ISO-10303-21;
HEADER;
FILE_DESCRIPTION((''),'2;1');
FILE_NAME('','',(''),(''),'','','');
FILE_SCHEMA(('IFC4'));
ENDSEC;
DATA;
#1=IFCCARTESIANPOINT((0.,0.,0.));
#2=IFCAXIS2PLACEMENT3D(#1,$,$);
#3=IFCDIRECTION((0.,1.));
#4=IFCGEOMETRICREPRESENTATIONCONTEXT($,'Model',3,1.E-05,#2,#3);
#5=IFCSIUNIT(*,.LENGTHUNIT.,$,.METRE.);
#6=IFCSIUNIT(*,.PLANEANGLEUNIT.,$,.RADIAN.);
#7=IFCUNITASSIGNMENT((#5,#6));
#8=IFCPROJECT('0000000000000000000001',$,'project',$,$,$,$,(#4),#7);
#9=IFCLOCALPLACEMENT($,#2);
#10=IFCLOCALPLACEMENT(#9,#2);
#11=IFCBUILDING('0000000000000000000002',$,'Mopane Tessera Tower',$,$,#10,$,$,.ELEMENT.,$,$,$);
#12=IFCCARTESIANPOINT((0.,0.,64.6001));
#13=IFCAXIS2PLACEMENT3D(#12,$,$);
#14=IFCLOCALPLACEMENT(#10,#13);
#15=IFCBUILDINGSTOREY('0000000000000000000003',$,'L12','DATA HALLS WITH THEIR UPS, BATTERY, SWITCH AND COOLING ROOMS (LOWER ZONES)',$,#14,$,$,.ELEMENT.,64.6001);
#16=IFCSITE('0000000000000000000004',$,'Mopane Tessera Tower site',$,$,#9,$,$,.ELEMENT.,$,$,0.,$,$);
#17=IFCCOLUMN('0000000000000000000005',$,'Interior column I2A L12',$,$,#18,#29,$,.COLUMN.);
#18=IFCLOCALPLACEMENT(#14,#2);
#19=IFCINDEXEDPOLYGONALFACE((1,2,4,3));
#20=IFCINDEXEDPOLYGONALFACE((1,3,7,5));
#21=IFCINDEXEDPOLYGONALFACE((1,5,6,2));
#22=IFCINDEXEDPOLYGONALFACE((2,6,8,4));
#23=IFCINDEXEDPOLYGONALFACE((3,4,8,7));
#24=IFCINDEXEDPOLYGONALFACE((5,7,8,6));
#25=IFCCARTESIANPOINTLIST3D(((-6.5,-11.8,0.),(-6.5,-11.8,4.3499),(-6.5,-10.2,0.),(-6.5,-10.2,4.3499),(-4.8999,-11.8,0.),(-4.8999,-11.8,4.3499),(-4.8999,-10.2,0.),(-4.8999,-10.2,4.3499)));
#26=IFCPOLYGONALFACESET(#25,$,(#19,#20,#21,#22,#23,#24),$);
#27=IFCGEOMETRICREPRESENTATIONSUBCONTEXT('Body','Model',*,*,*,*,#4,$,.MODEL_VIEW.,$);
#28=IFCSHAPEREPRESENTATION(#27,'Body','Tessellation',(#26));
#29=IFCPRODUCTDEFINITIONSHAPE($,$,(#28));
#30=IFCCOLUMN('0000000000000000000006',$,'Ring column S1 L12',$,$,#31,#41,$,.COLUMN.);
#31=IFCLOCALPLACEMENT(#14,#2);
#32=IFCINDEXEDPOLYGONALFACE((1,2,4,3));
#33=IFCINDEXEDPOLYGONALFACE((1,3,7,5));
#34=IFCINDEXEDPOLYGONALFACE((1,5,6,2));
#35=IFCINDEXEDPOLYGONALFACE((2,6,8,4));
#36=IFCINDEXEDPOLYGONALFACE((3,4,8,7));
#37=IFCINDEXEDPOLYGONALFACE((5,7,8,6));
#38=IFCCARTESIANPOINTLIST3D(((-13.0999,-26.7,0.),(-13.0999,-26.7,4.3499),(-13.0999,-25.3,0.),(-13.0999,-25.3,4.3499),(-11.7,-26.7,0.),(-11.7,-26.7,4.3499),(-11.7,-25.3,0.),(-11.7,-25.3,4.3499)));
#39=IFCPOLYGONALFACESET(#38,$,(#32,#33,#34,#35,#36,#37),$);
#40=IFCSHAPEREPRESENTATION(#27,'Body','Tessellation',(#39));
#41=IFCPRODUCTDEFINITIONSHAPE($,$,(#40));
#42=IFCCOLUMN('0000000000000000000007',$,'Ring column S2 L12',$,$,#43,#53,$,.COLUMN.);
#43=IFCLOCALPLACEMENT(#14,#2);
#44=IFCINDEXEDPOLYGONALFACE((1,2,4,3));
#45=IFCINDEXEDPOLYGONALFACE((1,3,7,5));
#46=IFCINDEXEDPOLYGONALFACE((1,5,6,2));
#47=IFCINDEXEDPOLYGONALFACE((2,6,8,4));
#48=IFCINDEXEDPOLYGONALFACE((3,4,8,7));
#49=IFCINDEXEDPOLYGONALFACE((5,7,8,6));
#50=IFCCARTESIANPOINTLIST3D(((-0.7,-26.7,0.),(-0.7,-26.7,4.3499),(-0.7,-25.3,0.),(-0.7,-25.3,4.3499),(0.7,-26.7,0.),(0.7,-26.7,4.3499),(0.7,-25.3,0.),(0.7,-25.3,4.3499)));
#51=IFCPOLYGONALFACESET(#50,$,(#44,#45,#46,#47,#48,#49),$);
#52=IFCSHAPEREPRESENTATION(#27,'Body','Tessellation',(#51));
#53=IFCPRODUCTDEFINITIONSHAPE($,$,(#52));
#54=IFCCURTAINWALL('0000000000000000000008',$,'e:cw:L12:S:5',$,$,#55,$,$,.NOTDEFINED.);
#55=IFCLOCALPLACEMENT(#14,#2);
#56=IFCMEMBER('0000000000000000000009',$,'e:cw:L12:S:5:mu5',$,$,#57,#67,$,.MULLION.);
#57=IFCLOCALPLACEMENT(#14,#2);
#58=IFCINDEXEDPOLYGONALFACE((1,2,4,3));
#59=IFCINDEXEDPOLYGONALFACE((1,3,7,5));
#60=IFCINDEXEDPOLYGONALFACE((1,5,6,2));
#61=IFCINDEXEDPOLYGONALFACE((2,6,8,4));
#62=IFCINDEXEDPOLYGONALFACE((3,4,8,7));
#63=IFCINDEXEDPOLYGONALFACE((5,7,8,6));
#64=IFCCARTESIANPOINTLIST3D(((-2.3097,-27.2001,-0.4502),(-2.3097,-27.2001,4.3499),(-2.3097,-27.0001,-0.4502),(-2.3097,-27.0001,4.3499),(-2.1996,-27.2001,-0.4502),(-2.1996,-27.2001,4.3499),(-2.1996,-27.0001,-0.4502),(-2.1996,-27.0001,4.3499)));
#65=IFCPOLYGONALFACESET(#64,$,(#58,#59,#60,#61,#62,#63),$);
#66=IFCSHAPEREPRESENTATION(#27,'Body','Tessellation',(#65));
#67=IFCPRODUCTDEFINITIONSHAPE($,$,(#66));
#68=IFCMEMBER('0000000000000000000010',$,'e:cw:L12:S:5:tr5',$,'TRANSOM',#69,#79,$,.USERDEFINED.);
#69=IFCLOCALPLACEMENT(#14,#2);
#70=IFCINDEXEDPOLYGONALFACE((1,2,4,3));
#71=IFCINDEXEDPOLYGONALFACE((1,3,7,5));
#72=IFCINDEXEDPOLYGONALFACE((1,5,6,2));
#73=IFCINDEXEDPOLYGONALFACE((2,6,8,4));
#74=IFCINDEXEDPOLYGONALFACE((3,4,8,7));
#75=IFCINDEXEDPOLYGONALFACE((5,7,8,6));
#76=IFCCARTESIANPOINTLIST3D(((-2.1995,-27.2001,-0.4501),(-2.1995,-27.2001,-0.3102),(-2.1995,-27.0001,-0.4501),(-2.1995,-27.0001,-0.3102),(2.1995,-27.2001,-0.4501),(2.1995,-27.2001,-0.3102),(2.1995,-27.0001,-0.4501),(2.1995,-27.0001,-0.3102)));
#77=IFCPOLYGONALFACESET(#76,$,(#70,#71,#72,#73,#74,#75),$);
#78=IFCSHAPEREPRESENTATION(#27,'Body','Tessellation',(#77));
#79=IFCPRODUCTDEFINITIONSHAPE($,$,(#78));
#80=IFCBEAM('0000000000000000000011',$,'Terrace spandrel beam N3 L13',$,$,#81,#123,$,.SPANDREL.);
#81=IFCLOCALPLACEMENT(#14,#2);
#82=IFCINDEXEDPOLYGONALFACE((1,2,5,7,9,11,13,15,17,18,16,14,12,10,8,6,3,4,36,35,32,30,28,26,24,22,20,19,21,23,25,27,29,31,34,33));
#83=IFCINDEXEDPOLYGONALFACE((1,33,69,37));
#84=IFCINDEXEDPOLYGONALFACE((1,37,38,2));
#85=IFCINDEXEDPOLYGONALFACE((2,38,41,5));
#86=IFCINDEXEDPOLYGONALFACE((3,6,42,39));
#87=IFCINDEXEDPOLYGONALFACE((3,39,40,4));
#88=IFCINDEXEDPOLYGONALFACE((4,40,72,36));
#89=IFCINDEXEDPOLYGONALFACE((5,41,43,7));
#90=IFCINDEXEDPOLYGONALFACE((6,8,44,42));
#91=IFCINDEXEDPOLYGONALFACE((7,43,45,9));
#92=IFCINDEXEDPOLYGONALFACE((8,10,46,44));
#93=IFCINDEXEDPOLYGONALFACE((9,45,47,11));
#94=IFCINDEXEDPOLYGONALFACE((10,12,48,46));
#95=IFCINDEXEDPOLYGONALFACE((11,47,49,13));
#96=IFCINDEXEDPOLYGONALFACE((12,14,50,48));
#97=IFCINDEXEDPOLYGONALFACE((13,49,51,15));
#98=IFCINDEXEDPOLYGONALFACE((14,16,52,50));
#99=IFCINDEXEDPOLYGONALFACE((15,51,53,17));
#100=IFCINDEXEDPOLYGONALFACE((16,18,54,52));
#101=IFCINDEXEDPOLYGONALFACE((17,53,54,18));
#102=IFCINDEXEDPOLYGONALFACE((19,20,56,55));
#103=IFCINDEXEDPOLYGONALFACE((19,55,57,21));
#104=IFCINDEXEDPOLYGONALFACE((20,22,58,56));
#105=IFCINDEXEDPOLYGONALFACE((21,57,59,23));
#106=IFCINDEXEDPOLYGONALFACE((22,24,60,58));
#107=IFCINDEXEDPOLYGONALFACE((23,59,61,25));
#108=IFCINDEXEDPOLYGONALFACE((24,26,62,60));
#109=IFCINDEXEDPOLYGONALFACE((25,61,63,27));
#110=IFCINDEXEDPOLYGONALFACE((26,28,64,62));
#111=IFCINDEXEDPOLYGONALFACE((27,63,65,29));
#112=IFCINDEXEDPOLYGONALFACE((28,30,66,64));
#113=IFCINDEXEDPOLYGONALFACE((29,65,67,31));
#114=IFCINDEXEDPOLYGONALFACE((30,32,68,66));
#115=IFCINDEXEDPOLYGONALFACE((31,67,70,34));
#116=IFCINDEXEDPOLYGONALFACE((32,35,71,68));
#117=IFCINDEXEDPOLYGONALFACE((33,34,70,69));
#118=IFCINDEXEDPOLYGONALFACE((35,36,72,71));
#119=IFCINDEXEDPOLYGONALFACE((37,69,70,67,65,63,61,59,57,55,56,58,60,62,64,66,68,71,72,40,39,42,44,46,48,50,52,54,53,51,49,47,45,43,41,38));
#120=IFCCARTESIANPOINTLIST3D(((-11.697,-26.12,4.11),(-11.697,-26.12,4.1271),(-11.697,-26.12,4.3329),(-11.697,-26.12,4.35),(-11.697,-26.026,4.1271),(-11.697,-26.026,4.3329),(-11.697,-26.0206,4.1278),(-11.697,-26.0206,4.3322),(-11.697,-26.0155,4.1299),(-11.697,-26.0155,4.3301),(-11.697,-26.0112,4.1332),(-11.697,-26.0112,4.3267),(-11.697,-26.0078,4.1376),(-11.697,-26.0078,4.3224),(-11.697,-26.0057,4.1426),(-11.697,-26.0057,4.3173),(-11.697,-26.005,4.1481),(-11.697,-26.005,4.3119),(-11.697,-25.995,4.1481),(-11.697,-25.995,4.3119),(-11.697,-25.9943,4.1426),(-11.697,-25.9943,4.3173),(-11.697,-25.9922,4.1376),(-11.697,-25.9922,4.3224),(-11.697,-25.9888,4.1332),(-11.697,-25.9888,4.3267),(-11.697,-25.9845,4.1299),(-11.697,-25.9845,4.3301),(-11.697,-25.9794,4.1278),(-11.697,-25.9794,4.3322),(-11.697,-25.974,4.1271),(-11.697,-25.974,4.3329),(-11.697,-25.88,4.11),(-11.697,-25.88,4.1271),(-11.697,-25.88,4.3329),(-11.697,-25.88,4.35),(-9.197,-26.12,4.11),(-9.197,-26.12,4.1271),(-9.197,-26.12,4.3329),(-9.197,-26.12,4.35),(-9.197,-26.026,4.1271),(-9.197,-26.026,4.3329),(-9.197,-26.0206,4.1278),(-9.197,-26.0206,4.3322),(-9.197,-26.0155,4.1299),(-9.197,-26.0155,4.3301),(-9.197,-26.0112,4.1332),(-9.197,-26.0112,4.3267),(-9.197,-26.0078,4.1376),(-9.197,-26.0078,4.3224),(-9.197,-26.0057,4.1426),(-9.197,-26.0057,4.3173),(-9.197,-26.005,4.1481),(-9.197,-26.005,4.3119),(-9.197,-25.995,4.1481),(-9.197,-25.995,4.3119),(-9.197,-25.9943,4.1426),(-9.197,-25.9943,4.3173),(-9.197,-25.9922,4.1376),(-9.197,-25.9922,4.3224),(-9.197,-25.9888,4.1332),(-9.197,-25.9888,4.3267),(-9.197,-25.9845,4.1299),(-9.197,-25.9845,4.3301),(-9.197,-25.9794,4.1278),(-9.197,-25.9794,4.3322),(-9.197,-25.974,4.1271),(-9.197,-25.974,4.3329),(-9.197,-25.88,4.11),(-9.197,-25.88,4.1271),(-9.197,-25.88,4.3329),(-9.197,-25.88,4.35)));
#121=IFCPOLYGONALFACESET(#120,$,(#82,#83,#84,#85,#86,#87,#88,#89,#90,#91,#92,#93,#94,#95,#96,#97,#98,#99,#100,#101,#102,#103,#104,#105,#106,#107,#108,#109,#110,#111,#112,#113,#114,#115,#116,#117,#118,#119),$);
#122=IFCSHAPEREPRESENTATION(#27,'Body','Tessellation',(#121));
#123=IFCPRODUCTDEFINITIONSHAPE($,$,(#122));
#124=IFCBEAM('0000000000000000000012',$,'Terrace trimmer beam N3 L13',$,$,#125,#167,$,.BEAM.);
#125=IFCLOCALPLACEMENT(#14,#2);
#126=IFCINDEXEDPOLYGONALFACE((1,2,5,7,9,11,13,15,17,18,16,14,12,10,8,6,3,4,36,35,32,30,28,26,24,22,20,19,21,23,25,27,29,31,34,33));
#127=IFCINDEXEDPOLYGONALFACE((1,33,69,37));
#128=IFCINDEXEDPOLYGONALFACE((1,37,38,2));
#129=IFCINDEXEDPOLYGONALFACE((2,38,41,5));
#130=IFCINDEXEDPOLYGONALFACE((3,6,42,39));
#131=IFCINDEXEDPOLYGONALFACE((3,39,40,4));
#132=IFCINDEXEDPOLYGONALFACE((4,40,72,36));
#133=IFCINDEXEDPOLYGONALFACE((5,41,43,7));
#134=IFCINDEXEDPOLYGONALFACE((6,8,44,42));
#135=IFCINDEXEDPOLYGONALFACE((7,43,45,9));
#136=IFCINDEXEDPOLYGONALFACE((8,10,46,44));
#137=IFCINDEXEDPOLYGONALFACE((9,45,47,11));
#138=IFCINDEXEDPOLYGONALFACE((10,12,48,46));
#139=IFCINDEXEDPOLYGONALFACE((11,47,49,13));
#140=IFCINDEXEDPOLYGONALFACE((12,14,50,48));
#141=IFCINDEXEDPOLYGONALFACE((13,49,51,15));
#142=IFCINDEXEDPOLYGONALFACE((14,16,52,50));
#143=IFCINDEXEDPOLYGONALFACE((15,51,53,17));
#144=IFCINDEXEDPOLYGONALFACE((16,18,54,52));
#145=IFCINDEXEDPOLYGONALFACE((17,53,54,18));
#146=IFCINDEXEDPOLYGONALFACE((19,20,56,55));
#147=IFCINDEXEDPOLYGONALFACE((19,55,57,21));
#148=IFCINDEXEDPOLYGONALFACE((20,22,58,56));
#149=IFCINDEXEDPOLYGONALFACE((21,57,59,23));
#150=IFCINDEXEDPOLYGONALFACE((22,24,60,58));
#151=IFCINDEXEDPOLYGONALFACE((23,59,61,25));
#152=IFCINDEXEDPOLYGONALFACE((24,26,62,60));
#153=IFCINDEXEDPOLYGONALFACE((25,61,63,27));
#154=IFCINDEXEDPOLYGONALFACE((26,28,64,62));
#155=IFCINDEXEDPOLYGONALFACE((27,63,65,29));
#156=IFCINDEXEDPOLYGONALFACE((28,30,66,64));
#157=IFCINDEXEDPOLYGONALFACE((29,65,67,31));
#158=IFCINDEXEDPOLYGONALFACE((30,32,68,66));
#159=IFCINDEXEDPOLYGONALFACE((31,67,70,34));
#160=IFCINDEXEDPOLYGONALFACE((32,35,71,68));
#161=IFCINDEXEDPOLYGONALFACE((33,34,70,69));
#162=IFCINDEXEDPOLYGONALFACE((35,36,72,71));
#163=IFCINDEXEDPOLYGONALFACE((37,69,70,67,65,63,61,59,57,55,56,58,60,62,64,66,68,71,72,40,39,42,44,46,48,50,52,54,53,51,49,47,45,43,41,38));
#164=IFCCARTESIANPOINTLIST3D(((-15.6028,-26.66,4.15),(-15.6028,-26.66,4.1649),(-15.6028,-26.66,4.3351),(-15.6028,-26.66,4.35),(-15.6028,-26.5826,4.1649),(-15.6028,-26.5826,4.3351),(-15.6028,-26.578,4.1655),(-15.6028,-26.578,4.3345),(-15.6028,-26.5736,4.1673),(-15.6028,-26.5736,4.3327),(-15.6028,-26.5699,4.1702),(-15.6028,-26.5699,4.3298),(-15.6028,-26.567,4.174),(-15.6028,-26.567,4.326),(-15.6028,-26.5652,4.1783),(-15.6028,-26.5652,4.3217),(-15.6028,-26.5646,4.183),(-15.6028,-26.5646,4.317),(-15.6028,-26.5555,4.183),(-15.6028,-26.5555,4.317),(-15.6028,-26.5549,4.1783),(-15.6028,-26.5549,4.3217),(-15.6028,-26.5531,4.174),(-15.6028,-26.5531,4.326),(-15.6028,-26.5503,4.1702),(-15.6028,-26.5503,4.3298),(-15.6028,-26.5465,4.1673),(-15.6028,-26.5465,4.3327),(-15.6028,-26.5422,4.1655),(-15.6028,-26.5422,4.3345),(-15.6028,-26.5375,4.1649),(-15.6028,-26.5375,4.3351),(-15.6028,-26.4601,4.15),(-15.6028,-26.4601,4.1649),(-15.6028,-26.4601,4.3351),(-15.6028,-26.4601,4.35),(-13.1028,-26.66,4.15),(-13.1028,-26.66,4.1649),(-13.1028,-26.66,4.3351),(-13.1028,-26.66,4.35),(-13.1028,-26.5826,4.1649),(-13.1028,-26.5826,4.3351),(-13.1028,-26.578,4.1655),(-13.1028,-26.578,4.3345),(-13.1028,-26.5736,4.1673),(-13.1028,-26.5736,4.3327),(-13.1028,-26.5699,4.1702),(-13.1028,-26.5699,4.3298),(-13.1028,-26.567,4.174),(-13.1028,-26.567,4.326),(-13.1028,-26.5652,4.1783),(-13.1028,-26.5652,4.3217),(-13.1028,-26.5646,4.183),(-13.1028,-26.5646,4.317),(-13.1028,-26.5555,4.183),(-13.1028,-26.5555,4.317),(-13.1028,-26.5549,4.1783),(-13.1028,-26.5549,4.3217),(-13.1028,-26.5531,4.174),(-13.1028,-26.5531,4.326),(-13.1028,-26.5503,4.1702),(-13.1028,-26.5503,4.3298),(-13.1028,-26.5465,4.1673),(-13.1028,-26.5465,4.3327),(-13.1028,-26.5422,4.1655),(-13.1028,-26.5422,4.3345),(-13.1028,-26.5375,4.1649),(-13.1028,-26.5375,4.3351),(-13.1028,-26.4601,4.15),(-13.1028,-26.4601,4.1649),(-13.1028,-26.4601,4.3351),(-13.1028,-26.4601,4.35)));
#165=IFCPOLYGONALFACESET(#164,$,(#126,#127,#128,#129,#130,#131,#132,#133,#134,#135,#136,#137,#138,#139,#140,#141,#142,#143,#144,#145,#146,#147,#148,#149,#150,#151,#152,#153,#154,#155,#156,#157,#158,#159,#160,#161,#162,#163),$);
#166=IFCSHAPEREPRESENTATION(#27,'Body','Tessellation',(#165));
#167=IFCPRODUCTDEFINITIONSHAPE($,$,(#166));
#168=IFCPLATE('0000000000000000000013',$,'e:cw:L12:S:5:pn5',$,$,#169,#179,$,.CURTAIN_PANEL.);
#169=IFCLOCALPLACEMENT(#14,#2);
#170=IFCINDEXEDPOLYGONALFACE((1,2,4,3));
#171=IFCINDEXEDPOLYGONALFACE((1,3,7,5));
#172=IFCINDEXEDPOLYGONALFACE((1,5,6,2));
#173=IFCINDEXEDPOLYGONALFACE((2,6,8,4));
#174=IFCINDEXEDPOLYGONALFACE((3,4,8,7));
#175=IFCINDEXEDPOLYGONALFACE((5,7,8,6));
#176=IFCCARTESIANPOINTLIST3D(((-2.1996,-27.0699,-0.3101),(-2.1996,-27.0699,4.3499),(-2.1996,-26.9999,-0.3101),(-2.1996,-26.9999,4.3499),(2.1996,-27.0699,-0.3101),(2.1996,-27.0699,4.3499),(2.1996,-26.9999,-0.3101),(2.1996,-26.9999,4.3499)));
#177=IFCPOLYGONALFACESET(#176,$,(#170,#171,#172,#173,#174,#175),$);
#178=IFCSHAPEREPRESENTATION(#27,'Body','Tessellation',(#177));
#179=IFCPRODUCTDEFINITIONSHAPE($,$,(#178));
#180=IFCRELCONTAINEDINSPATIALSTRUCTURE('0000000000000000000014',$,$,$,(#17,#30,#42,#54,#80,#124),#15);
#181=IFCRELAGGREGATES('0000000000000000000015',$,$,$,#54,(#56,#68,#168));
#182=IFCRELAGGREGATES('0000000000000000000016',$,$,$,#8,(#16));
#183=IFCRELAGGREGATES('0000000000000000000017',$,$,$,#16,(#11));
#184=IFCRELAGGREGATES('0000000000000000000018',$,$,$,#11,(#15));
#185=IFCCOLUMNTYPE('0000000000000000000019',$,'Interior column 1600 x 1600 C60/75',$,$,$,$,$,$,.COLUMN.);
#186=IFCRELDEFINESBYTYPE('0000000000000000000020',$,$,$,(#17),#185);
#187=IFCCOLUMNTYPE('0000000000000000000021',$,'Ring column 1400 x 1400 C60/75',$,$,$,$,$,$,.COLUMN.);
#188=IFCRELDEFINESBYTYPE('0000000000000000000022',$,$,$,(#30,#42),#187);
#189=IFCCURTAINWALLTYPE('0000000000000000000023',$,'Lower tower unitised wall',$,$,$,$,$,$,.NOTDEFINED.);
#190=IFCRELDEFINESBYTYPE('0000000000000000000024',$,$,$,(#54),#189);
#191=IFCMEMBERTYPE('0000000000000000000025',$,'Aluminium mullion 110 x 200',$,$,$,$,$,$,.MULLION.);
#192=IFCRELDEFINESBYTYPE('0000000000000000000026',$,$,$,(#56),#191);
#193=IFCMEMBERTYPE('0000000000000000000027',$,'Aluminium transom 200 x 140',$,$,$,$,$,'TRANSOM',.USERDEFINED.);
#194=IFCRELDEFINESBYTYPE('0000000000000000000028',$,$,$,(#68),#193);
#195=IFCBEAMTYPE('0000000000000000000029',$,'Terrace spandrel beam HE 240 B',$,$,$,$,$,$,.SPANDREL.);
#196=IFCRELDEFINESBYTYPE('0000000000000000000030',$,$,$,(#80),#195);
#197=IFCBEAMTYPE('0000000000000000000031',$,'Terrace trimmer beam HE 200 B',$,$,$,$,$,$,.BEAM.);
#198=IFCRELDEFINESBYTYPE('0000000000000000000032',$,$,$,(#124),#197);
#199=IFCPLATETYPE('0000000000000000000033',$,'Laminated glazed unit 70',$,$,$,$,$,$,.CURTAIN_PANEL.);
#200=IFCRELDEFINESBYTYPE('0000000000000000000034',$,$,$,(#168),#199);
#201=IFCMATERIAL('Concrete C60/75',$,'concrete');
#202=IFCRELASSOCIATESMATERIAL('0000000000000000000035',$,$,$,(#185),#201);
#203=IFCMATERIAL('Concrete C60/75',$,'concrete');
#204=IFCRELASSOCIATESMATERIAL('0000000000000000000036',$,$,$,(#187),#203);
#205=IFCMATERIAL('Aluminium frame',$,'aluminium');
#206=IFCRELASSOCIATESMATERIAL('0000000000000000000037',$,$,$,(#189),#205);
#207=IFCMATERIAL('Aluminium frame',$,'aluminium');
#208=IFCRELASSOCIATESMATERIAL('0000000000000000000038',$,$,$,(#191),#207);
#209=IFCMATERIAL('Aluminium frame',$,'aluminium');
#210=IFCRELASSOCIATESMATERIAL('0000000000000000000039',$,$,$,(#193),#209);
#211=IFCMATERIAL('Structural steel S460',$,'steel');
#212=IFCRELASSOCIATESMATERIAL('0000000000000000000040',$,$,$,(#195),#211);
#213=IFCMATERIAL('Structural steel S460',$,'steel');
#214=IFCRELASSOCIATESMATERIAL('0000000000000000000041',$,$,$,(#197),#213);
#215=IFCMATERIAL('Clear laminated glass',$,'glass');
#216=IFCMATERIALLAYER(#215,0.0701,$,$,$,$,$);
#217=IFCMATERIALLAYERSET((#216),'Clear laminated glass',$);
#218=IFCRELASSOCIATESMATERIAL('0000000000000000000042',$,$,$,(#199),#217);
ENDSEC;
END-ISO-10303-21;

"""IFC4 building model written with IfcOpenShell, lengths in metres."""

from ifc_helpers import new_model, si_unit, direction, frame, origin, origin_2d, place, context, subcontext, project, spatial, rectangle, i_section, extrude, material, layer, layer_set, material_profile, profile_set, type_object, element, aggregate, save


model = new_model("IFC4")

# Units and contexts
model_context = context("Model", 3, precision=1e-05, world=origin(), true_north=direction((0.0, 1.0)))
body_context = subcontext(model_context, "Body", "Model", "MODEL_VIEW")
ifc_project = project(units=[si_unit("LENGTHUNIT", "METRE"), si_unit("PLANEANGLEUNIT", "RADIAN")], contexts=[model_context])

# Site, building, storey
site_placement = place(None, origin())
site = spatial("IfcSite", under=ifc_project, at=site_placement, Name="Mopane Tessera Tower site", CompositionType="ELEMENT", RefElevation=0.0)
building_placement = place(site_placement, origin())
building = spatial("IfcBuilding", under=site, at=building_placement, Name="Mopane Tessera Tower", CompositionType="ELEMENT")
storey_placement = place(building_placement, frame((0.0, 0.0, 64.6001)))
storey = spatial("IfcBuildingStorey", under=building, at=storey_placement, Name="L12", Description="DATA HALLS WITH THEIR UPS, BATTERY, SWITCH AND COOLING ROOMS (LOWER ZONES)", CompositionType="ELEMENT", Elevation=64.6001)

# Columns
ifc_material_1 = material(Name="Concrete C60/75", Category="concrete")
ifc_material_profile_1 = material_profile(ifc_material_1, rectangle(XDim=1.6001, YDim=1.6001, at=origin_2d()))
ifc_profile_set_1 = profile_set([ifc_material_profile_1], Name="Concrete C60/75")
column_type_1 = type_object("IfcColumnType", Name="Interior column 1600 x 1600 C60/75", PredefinedType="COLUMN", material=ifc_profile_set_1)
column_placement = place(storey_placement, frame((-5.7, -11.0, 0.0), z_axis=(0.0, 0.0, 1.0), x_axis=(1.0, 0.0, 0.0)))
element("IfcColumn", 1, at=column_placement, inside=storey, type_object=column_type_1, Name="Interior column I2A L12", PredefinedType="COLUMN", context=body_context, shape_type="SweptSolid", body=[
    extrude(rectangle(XDim=1.6001, YDim=1.6001, at=origin_2d()), origin(), (0.0, 0.0, 1.0), 4.3499),
])
ifc_material_2 = material(Name="Concrete C60/75", Category="concrete")
ifc_material_profile_2 = material_profile(ifc_material_2, rectangle(XDim=1.3999, YDim=1.3999, at=origin_2d()))
ifc_profile_set_2 = profile_set([ifc_material_profile_2], Name="Concrete C60/75")
column_type_2 = type_object("IfcColumnType", Name="Ring column 1400 x 1400 C60/75", PredefinedType="COLUMN", material=ifc_profile_set_2)
for number, where, z_axis, x_axis, name in (
    (2, (-12.3999, -26.0, 0.0), (0.0, 0.0, 1.0), (1.0, 0.0, 0.0), "Ring column S1 L12"),
    (3, (0.0, -26.0, 0.0), (0.0, 0.0, 1.0), (1.0, 0.0, 0.0), "Ring column S2 L12"),
):
    element("IfcColumn", number, at=place(storey_placement, frame(where, z_axis=z_axis, x_axis=x_axis)), inside=storey, type_object=column_type_2, Name=name, PredefinedType="COLUMN", context=body_context, shape_type="SweptSolid", body=[
        extrude(rectangle(XDim=1.3999, YDim=1.3999, at=origin_2d()), origin(), (0.0, 0.0, 1.0), 4.3499),
    ])

# Curtain wall, members
ifc_material_3 = material(Name="Aluminium frame", Category="aluminium")
curtain_wall_type = type_object("IfcCurtainWallType", Name="Lower tower unitised wall", PredefinedType="NOTDEFINED", material=ifc_material_3)
curtain_wall_placement = place(storey_placement, origin())
curtain_wall = element("IfcCurtainWall", 4, at=curtain_wall_placement, inside=storey, type_object=curtain_wall_type, Name="e:cw:L12:S:5", PredefinedType="NOTDEFINED")
ifc_material_4 = material(Name="Aluminium frame", Category="aluminium")
ifc_material_profile_3 = material_profile(ifc_material_4, rectangle(XDim=0.1101, YDim=0.2, at=origin_2d()))
ifc_profile_set_3 = profile_set([ifc_material_profile_3], Name="Aluminium frame")
member_type_1 = type_object("IfcMemberType", Name="Aluminium mullion 110 x 200", PredefinedType="MULLION", material=ifc_profile_set_3)
member_1_placement = place(storey_placement, frame((-2.2546, -27.1001, -0.4502), z_axis=(0.0, 0.0, 1.0), x_axis=(1.0, 0.0, 0.0)))
member_1 = element("IfcMember", 5, at=member_1_placement, type_object=member_type_1, Name="e:cw:L12:S:5:mu5", PredefinedType="MULLION", context=body_context, shape_type="SweptSolid", body=[
    extrude(rectangle(XDim=0.1101, YDim=0.2, at=origin_2d()), origin(), (0.0, 0.0, 1.0), 4.8),
])
ifc_material_5 = material(Name="Aluminium frame", Category="aluminium")
ifc_material_profile_4 = material_profile(ifc_material_5, rectangle(XDim=0.2, YDim=0.1399, at=origin_2d()))
ifc_profile_set_4 = profile_set([ifc_material_profile_4], Name="Aluminium frame")
member_type_2 = type_object("IfcMemberType", Name="Aluminium transom 200 x 140", ElementType="TRANSOM", PredefinedType="USERDEFINED", material=ifc_profile_set_4)
member_2_placement = place(storey_placement, frame((-2.1995, -27.1001, -0.3801), z_axis=(1.0, 0.0, 0.0), x_axis=(0.0, 1.0, 0.0)))
member_2 = element("IfcMember", 6, at=member_2_placement, type_object=member_type_2, Name="e:cw:L12:S:5:tr5", ObjectType="TRANSOM", PredefinedType="USERDEFINED", context=body_context, shape_type="SweptSolid", body=[
    extrude(rectangle(XDim=0.2, YDim=0.1399, at=origin_2d()), origin(), (0.0, 0.0, 1.0), 4.3989),
])

# Beams
ifc_material_6 = material(Name="Structural steel S460", Category="steel")
ifc_material_profile_5 = material_profile(ifc_material_6, i_section(OverallWidth=0.24, OverallDepth=0.24, WebThickness=0.01, FlangeThickness=0.0171, FilletRadius=0.021, at=origin_2d()))
ifc_profile_set_5 = profile_set([ifc_material_profile_5], Name="Structural steel S460")
beam_type_1 = type_object("IfcBeamType", Name="Terrace spandrel beam HE 240 B", PredefinedType="SPANDREL", material=ifc_profile_set_5)
beam_1_placement = place(storey_placement, frame((-11.697, -26.0, 4.23), z_axis=(1.0, 0.0, 0.0), x_axis=(0.0, 1.0, 0.0)))
element("IfcBeam", 7, at=beam_1_placement, inside=storey, type_object=beam_type_1, Name="Terrace spandrel beam N3 L13", PredefinedType="SPANDREL", context=body_context, shape_type="SweptSolid", body=[
    extrude(i_section(OverallWidth=0.24, OverallDepth=0.24, WebThickness=0.01, FlangeThickness=0.0171, FilletRadius=0.021, at=origin_2d()), origin(), (0.0, 0.0, 1.0), 2.5),
])
ifc_material_7 = material(Name="Structural steel S460", Category="steel")
ifc_material_profile_6 = material_profile(ifc_material_7, i_section(OverallWidth=0.2, OverallDepth=0.2, WebThickness=0.009, FlangeThickness=0.0149, FilletRadius=0.0181, at=origin_2d()))
ifc_profile_set_6 = profile_set([ifc_material_profile_6], Name="Structural steel S460")
beam_type_2 = type_object("IfcBeamType", Name="Terrace trimmer beam HE 200 B", PredefinedType="BEAM", material=ifc_profile_set_6)
beam_2_placement = place(storey_placement, frame((-13.1028, -26.5601, 4.25), z_axis=(-1.0, 0.0, 0.0), x_axis=(0.0, -1.0, 0.0)))
element("IfcBeam", 8, at=beam_2_placement, inside=storey, type_object=beam_type_2, Name="Terrace trimmer beam N3 L13", PredefinedType="BEAM", context=body_context, shape_type="SweptSolid", body=[
    extrude(i_section(OverallWidth=0.2, OverallDepth=0.2, WebThickness=0.009, FlangeThickness=0.0149, FilletRadius=0.0181, at=origin_2d()), origin(), (0.0, 0.0, 1.0), 2.5),
])

# Plate
ifc_material_8 = material(Name="Clear laminated glass", Category="glass")
ifc_layer_1 = layer(ifc_material_8, 0.0701)
ifc_layer_set_1 = layer_set([ifc_layer_1], Name="Clear laminated glass")
plate_type = type_object("IfcPlateType", Name="Laminated glazed unit 70", PredefinedType="CURTAIN_PANEL", material=ifc_layer_set_1)
plate_placement = place(storey_placement, frame((0.0, -27.0349, -0.3101), z_axis=(0.0, 0.0, 1.0), x_axis=(1.0, 0.0, 0.0)))
plate = element("IfcPlate", 9, at=plate_placement, type_object=plate_type, Name="e:cw:L12:S:5:pn5", PredefinedType="CURTAIN_PANEL", context=body_context, shape_type="SweptSolid", body=[
    extrude(rectangle(XDim=4.3992, YDim=0.0701, at=origin_2d()), origin(), (0.0, 0.0, 1.0), 4.6599),
])
aggregate(curtain_wall, [member_1, member_2, plate])

save(model, "model.ifc")
